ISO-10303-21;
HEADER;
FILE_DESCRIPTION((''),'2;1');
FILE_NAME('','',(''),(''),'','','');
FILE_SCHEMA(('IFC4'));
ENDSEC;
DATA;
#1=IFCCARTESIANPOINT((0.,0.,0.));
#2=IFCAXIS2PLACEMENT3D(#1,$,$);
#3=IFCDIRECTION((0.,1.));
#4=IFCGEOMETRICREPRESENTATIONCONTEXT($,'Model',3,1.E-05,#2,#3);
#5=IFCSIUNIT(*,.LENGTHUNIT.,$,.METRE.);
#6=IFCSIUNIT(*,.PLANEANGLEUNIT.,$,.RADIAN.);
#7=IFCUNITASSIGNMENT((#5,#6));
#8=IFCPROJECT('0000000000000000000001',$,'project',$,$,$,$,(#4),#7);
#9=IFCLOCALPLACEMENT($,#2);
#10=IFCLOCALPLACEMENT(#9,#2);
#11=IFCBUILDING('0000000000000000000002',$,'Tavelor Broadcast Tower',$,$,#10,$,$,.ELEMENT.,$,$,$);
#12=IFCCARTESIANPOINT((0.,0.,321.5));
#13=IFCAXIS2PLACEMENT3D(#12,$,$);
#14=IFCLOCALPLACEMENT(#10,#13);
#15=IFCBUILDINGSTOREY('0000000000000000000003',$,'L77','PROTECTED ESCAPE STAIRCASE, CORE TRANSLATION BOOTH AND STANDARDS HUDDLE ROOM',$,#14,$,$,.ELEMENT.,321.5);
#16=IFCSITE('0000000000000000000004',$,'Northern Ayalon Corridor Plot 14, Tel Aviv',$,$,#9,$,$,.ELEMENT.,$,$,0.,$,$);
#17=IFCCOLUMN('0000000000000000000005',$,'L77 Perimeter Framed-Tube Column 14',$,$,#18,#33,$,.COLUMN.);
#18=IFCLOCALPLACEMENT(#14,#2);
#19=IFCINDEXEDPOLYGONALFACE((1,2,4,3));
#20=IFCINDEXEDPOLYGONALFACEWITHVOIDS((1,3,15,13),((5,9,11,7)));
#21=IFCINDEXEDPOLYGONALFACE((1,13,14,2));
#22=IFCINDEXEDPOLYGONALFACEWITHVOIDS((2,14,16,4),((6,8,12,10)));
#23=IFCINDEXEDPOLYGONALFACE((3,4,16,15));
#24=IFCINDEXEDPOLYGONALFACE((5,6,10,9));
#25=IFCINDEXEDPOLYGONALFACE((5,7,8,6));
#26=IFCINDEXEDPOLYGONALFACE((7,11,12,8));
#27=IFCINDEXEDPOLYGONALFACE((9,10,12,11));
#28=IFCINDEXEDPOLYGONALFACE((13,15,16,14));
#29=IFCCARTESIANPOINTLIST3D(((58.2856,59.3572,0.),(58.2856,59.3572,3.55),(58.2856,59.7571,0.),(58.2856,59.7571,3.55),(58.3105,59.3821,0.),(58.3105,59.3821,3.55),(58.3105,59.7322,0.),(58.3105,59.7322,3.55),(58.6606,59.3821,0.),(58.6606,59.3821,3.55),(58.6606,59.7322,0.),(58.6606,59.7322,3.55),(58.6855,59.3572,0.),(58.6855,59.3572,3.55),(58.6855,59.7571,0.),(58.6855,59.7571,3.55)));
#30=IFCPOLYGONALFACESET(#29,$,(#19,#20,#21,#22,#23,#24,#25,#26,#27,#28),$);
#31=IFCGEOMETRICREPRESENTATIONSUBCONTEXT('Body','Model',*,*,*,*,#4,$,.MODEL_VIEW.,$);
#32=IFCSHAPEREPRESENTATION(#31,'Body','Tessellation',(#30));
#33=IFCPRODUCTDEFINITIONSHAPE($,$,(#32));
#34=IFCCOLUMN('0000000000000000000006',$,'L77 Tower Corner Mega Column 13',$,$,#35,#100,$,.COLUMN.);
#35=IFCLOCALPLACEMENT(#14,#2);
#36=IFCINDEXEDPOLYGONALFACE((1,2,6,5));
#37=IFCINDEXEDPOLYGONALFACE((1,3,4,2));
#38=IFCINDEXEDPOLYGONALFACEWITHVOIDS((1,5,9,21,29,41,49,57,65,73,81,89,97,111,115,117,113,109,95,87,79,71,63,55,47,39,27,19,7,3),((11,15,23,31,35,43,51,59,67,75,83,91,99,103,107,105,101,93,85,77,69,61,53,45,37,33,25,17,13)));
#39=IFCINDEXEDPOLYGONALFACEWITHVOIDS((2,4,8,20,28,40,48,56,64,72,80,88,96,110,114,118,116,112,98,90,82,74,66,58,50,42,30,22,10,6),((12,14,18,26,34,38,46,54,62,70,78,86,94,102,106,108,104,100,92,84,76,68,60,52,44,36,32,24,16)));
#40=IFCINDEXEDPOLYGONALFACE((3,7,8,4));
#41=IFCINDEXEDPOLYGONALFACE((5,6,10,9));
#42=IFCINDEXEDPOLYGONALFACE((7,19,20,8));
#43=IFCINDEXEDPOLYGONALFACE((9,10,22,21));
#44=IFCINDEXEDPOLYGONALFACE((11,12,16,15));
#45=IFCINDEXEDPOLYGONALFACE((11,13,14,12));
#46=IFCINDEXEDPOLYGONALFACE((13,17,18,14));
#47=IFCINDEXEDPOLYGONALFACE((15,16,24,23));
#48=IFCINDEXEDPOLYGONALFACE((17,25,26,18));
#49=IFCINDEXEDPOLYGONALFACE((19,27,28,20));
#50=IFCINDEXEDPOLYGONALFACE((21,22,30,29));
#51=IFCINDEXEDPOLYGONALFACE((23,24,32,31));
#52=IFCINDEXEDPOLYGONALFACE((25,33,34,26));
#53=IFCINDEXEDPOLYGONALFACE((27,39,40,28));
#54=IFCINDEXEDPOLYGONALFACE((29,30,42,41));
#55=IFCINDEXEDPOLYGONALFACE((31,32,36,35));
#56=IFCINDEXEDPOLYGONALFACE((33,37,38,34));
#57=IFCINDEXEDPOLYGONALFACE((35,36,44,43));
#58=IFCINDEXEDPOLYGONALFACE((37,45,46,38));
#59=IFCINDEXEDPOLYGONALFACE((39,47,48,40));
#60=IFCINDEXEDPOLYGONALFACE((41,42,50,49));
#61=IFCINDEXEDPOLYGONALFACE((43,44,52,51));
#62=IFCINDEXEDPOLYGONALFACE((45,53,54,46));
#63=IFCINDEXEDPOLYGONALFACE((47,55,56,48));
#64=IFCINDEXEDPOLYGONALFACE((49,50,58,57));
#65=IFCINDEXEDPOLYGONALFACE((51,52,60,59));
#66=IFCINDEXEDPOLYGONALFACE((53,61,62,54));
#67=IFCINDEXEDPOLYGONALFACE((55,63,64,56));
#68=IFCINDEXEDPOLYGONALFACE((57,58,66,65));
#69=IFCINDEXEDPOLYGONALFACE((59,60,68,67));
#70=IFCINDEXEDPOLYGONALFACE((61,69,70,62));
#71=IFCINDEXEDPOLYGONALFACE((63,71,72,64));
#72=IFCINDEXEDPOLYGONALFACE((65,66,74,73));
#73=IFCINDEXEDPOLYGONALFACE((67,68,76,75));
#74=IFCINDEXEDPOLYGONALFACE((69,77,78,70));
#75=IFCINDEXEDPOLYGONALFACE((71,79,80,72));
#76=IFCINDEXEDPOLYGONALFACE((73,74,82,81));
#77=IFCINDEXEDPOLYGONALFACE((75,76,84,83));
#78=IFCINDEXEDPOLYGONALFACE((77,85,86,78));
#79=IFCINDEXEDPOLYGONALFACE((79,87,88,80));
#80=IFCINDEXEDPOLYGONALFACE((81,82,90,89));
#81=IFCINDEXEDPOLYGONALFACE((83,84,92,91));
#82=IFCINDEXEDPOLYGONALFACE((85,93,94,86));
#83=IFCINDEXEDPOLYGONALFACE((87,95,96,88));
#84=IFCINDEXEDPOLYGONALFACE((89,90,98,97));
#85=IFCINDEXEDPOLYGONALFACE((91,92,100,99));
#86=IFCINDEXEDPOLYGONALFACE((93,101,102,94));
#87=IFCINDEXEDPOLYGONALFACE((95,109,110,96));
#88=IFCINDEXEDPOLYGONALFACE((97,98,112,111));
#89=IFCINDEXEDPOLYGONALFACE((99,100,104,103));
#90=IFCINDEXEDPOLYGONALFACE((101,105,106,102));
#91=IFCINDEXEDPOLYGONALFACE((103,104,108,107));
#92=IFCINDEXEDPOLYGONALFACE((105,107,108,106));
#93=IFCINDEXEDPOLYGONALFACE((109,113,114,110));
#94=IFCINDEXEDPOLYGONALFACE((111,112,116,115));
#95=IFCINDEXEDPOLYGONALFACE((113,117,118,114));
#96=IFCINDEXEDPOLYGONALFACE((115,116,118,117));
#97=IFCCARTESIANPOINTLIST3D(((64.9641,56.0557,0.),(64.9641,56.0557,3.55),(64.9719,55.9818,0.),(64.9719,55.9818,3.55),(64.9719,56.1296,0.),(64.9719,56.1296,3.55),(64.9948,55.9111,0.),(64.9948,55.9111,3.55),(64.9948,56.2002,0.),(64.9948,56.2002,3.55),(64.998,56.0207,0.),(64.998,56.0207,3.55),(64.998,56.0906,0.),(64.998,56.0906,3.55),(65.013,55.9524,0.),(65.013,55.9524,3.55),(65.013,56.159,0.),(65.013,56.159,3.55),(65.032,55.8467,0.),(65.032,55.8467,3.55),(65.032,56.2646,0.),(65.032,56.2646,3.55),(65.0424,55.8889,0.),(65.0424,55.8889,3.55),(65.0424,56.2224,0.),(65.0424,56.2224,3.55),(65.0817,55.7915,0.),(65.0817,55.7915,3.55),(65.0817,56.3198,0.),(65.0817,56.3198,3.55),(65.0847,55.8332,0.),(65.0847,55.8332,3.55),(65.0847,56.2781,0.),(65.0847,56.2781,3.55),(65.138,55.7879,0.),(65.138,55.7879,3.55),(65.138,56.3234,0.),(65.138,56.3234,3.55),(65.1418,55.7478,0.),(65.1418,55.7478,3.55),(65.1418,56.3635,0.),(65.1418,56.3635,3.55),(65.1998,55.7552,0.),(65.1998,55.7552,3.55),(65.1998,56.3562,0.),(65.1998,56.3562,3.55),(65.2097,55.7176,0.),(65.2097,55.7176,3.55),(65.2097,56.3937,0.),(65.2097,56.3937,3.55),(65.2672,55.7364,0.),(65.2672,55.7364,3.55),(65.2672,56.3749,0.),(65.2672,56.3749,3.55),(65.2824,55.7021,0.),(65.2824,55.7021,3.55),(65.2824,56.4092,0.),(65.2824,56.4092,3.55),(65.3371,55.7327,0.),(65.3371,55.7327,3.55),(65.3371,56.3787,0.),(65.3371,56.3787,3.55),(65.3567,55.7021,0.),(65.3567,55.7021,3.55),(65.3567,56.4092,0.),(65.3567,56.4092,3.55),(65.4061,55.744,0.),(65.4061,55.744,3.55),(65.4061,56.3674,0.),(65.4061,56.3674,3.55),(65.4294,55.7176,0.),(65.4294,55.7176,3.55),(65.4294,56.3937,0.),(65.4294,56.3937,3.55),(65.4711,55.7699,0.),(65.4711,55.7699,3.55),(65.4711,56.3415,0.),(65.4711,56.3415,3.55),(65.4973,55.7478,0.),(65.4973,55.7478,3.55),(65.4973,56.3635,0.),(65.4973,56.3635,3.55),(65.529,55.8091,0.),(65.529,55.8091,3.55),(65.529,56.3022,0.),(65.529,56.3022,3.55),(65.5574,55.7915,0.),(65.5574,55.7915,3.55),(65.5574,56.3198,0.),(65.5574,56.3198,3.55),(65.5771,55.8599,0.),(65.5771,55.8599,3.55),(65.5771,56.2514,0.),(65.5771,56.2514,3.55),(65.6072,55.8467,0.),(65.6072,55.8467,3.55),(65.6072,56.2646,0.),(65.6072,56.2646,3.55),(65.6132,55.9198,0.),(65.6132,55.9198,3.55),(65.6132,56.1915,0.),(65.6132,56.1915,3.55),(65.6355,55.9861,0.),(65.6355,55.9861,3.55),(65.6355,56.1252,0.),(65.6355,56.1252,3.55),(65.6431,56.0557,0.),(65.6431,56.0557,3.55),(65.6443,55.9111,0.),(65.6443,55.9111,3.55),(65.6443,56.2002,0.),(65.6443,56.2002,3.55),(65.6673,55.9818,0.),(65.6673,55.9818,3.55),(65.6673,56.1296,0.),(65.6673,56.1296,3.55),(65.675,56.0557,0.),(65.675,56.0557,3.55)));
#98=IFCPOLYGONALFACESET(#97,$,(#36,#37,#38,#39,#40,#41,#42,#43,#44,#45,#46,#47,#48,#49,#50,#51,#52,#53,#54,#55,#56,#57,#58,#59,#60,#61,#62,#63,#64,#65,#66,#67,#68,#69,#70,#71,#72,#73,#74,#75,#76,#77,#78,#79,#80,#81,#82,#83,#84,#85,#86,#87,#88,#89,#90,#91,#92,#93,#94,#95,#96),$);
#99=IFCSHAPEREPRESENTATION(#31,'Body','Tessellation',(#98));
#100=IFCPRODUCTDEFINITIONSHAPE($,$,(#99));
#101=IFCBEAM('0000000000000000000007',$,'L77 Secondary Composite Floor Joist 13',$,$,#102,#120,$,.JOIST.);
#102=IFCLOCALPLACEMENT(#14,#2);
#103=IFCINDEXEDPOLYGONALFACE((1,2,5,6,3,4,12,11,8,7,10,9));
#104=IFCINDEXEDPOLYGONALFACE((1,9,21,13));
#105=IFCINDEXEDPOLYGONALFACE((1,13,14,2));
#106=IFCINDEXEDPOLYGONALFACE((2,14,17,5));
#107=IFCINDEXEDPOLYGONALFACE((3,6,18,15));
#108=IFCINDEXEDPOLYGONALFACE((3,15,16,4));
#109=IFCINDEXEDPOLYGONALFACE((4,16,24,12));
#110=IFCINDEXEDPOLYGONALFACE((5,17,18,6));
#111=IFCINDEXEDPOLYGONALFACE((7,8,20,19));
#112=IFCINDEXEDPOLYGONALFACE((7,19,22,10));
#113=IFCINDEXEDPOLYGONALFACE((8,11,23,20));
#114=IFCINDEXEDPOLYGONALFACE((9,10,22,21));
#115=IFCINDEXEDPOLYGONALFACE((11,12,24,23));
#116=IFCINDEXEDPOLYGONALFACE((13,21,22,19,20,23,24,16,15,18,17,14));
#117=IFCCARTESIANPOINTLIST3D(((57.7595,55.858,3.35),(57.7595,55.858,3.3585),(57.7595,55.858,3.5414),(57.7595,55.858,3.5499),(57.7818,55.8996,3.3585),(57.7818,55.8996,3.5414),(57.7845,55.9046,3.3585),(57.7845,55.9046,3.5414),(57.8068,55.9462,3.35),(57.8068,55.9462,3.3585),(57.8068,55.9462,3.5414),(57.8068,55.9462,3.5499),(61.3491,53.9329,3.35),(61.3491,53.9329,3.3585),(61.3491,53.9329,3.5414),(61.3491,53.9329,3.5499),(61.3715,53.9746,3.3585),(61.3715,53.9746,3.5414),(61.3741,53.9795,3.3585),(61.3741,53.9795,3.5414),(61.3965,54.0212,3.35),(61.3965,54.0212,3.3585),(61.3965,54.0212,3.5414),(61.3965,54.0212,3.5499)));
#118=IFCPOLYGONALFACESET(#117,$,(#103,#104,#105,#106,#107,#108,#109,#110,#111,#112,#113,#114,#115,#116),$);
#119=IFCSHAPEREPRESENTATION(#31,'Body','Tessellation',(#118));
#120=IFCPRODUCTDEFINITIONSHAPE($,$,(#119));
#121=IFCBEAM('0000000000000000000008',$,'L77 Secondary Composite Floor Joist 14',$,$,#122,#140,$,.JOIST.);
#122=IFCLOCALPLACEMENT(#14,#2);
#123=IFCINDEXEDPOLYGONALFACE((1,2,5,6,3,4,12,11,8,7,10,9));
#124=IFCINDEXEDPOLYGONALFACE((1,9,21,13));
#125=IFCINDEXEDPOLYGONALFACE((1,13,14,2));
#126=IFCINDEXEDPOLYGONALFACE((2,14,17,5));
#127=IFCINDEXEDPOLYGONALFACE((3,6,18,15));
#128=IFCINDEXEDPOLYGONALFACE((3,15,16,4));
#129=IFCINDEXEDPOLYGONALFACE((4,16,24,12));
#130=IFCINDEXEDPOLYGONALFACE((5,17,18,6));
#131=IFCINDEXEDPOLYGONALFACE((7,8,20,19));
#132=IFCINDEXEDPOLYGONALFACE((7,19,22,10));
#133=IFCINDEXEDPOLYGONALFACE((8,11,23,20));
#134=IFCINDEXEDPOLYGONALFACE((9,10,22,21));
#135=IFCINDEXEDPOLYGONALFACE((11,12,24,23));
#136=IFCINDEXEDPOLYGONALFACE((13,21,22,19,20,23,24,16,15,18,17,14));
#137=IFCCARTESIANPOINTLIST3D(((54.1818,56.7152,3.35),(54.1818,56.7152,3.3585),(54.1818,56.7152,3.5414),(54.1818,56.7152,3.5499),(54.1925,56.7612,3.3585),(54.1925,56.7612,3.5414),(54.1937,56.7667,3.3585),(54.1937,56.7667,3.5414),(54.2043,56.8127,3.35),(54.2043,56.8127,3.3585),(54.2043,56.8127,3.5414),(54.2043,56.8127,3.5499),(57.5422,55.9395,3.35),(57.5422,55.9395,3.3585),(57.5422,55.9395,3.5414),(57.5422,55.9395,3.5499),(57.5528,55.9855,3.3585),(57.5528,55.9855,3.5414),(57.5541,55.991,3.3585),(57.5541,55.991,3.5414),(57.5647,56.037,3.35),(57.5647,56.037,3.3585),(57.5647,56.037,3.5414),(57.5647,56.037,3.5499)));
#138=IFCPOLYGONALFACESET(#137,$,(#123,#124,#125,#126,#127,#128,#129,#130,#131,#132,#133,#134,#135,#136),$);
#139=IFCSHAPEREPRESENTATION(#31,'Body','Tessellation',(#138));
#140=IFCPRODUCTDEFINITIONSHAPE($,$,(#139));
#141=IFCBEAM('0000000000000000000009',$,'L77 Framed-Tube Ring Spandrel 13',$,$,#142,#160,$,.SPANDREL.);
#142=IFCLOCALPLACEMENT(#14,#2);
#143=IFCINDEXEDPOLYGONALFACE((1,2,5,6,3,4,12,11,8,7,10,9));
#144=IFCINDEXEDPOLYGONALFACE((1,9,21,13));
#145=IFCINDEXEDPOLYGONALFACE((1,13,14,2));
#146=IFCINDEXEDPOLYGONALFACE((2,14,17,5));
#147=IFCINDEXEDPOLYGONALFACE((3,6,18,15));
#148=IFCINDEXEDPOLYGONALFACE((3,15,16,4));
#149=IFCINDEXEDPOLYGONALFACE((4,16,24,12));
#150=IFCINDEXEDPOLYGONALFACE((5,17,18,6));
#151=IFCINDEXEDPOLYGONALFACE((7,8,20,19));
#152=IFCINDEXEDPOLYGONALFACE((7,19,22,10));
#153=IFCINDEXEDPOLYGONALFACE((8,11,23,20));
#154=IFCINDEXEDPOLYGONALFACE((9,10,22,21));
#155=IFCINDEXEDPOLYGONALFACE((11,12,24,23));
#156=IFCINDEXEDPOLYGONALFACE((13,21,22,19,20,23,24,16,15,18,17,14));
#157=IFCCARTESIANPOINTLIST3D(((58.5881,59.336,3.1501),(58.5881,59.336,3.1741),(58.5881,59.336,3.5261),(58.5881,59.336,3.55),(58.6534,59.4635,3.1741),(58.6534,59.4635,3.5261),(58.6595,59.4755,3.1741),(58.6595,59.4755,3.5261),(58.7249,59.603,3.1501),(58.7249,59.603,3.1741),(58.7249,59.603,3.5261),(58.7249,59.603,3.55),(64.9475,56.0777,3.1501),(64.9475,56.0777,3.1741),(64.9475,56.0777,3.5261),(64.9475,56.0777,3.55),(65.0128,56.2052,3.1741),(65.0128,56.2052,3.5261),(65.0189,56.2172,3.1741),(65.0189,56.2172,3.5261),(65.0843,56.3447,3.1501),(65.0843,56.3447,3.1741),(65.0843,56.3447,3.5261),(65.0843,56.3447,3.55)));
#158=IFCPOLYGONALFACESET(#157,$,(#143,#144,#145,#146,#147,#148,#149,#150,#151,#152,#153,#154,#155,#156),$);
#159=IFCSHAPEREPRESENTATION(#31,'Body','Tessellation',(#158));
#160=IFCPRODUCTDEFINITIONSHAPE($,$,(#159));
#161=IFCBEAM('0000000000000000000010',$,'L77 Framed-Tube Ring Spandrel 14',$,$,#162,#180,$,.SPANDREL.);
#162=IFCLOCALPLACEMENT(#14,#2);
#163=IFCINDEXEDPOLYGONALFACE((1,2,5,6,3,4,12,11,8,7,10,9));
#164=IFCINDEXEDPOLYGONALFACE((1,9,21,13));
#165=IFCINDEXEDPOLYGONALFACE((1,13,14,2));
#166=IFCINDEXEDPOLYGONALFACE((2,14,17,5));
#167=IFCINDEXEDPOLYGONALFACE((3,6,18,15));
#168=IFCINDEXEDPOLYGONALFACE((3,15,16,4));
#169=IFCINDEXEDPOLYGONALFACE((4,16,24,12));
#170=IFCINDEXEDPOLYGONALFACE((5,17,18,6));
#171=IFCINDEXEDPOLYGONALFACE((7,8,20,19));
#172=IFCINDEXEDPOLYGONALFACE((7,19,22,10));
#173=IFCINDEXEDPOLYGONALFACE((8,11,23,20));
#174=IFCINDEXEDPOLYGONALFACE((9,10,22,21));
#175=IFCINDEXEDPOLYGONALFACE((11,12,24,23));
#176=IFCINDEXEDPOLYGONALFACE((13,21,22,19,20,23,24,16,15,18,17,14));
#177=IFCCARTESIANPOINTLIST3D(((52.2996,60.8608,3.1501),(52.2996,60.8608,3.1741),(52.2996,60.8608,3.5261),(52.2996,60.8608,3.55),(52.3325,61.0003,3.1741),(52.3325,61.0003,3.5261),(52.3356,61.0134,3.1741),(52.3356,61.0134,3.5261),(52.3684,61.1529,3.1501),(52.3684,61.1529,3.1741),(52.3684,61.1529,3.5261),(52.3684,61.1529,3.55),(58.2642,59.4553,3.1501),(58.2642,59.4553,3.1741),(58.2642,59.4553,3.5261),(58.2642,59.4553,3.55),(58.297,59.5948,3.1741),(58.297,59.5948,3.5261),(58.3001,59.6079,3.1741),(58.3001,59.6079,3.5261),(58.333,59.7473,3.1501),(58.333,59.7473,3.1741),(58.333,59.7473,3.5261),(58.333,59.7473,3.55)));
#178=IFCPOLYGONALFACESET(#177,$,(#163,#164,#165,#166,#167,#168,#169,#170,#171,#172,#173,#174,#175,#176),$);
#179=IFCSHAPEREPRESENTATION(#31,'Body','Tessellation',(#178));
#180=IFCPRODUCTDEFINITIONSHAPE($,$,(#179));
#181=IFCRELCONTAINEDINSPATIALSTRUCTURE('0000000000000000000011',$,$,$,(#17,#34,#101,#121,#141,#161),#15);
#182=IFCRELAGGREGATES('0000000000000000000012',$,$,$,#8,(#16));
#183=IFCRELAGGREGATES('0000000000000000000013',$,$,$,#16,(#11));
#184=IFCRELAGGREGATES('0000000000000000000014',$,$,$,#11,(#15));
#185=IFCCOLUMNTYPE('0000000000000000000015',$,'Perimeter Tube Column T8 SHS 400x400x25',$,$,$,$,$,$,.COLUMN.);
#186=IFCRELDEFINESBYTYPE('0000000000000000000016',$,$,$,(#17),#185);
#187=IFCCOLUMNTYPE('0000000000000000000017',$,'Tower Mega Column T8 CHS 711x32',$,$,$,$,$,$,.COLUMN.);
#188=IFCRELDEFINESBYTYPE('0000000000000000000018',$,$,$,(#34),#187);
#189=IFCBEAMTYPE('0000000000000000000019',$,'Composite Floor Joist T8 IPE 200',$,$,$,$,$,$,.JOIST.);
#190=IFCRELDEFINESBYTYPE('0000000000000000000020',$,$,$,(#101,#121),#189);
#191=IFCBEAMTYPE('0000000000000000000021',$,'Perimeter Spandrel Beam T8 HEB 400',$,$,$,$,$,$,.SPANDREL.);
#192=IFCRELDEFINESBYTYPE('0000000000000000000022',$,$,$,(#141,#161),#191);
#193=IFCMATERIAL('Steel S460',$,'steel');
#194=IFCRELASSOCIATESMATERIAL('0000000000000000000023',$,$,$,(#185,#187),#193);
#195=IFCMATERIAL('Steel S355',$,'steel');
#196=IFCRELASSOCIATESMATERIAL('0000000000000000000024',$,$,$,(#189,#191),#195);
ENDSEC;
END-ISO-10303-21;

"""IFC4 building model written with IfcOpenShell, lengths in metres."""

from ifc_helpers import new_model, si_unit, direction, frame, origin, origin_2d, place, context, subcontext, project, spatial, hollow_rectangle, hollow_circle, i_section, extrude, material, material_profile, profile_set, type_object, element, save


model = new_model("IFC4")

# Units and contexts
model_context = context("Model", 3, precision=1e-05, world=origin(), true_north=direction((0.0, 1.0)))
body_context = subcontext(model_context, "Body", "Model", "MODEL_VIEW")
ifc_project = project(units=[si_unit("LENGTHUNIT", "METRE"), si_unit("PLANEANGLEUNIT", "RADIAN")], contexts=[model_context])

# Site, building, storey
site_placement = place(None, origin())
site = spatial("IfcSite", under=ifc_project, at=site_placement, Name="Northern Ayalon Corridor Plot 14, Tel Aviv", CompositionType="ELEMENT", RefElevation=0.0)
building_placement = place(site_placement, origin())
building = spatial("IfcBuilding", under=site, at=building_placement, Name="Tavelor Broadcast Tower", CompositionType="ELEMENT")
storey_placement = place(building_placement, frame((0.0, 0.0, 321.5)))
storey = spatial("IfcBuildingStorey", under=building, at=storey_placement, Name="L77", Description="PROTECTED ESCAPE STAIRCASE, CORE TRANSLATION BOOTH AND STANDARDS HUDDLE ROOM", CompositionType="ELEMENT", Elevation=321.5)

# Columns
ifc_material_1 = material(Name="Steel S460", Category="steel")
ifc_material_profile_1 = material_profile(ifc_material_1, hollow_rectangle(XDim=0.3999, YDim=0.3999, WallThickness=0.0249, at=origin_2d()), Name="SHS 400x400x25")
ifc_profile_set_1 = profile_set([ifc_material_profile_1], Name="Steel S460")
column_type_1 = type_object("IfcColumnType", Name="Perimeter Tube Column T8 SHS 400x400x25", PredefinedType="COLUMN", material=ifc_profile_set_1)
column_1_placement = place(storey_placement, frame((58.4856, 59.5571, 0.0), z_axis=(0.0, 0.0, 1.0), x_axis=(1.0, 0.0, 0.0)))
element("IfcColumn", 1, at=column_1_placement, inside=storey, type_object=column_type_1, Name="L77 Perimeter Framed-Tube Column 14", PredefinedType="COLUMN", context=body_context, shape_type="SweptSolid", body=[
    extrude(hollow_rectangle(XDim=0.3999, YDim=0.3999, WallThickness=0.0249, at=origin_2d()), origin(), (0.0, 0.0, 1.0), 3.55),
])
ifc_material_profile_2 = material_profile(ifc_material_1, hollow_circle(Radius=0.3555, WallThickness=0.032, at=origin_2d()), Name="CHS 711x32")
ifc_profile_set_2 = profile_set([ifc_material_profile_2], Name="Steel S460")
column_type_2 = type_object("IfcColumnType", Name="Tower Mega Column T8 CHS 711x32", PredefinedType="COLUMN", material=ifc_profile_set_2)
column_2_placement = place(storey_placement, frame((65.3196, 56.0557, 0.0), z_axis=(0.0, 0.0, 1.0), x_axis=(1.0, 0.0, 0.0)))
element("IfcColumn", 2, at=column_2_placement, inside=storey, type_object=column_type_2, Name="L77 Tower Corner Mega Column 13", PredefinedType="COLUMN", context=body_context, shape_type="SweptSolid", body=[
    extrude(hollow_circle(Radius=0.3555, WallThickness=0.032, at=origin_2d()), origin(), (0.0, 0.0, 1.0), 3.55),
])

# Beams
ifc_material_2 = material(Name="Steel S355", Category="steel")
ifc_material_profile_3 = material_profile(ifc_material_2, i_section(OverallWidth=0.1001, OverallDepth=0.2, WebThickness=0.0056, FlangeThickness=0.0085, at=origin_2d()), Name="IPE 200")
ifc_profile_set_3 = profile_set([ifc_material_profile_3], Name="Steel S355")
beam_type_1 = type_object("IfcBeamType", Name="Composite Floor Joist T8 IPE 200", PredefinedType="JOIST", material=ifc_profile_set_3)
beam_1_placement = place(storey_placement, frame((61.3728, 53.9771, 3.45), z_axis=(-0.88127, 0.472612, 0.0), x_axis=(-0.472612, -0.88127, 0.0)))
element("IfcBeam", 3, at=beam_1_placement, inside=storey, type_object=beam_type_1, Name="L77 Secondary Composite Floor Joist 13", PredefinedType="JOIST", context=body_context, shape_type="SweptSolid", body=[
    extrude(i_section(OverallWidth=0.1001, OverallDepth=0.2, WebThickness=0.0056, FlangeThickness=0.0085, at=origin_2d()), origin(), (0.0, 0.0, 1.0), 4.0732),
])
beam_2_placement = place(storey_placement, frame((57.5535, 55.9883, 3.45), z_axis=(-0.97438, 0.224906, 0.0), x_axis=(-0.224906, -0.97438, 0.0)))
element("IfcBeam", 4, at=beam_2_placement, inside=storey, type_object=beam_type_1, Name="L77 Secondary Composite Floor Joist 14", PredefinedType="JOIST", context=body_context, shape_type="SweptSolid", body=[
    extrude(i_section(OverallWidth=0.1001, OverallDepth=0.2, WebThickness=0.0056, FlangeThickness=0.0085, at=origin_2d()), origin(), (0.0, 0.0, 1.0), 3.4487),
])
ifc_material_profile_4 = material_profile(ifc_material_2, i_section(OverallWidth=0.3, OverallDepth=0.3999, WebThickness=0.0134, FlangeThickness=0.0239, at=origin_2d()), Name="HEB 400")
ifc_profile_set_4 = profile_set([ifc_material_profile_4], Name="Steel S355")
beam_type_2 = type_object("IfcBeamType", Name="Perimeter Spandrel Beam T8 HEB 400", PredefinedType="SPANDREL", material=ifc_profile_set_4)
beam_3_placement = place(storey_placement, frame((65.0159, 56.2112, 3.3501), z_axis=(-0.889983, 0.455993, 0.0), x_axis=(-0.455993, -0.889983, 0.0)))
element("IfcBeam", 5, at=beam_3_placement, inside=storey, type_object=beam_type_2, Name="L77 Framed-Tube Ring Spandrel 13", PredefinedType="SPANDREL", context=body_context, shape_type="SweptSolid", body=[
    extrude(i_section(OverallWidth=0.3, OverallDepth=0.3999, WebThickness=0.0134, FlangeThickness=0.0239, at=origin_2d()), origin(), (0.0, 0.0, 1.0), 7.1455),
])
beam_4_placement = place(storey_placement, frame((58.2986, 59.6013, 3.3501), z_axis=(-0.973341, 0.229361, 0.0), x_axis=(-0.229361, -0.973341, 0.0)))
element("IfcBeam", 6, at=beam_4_placement, inside=storey, type_object=beam_type_2, Name="L77 Framed-Tube Ring Spandrel 14", PredefinedType="SPANDREL", context=body_context, shape_type="SweptSolid", body=[
    extrude(i_section(OverallWidth=0.3, OverallDepth=0.3999, WebThickness=0.0134, FlangeThickness=0.0239, at=origin_2d()), origin(), (0.0, 0.0, 1.0), 6.1279),
])

save(model, "model.ifc")
